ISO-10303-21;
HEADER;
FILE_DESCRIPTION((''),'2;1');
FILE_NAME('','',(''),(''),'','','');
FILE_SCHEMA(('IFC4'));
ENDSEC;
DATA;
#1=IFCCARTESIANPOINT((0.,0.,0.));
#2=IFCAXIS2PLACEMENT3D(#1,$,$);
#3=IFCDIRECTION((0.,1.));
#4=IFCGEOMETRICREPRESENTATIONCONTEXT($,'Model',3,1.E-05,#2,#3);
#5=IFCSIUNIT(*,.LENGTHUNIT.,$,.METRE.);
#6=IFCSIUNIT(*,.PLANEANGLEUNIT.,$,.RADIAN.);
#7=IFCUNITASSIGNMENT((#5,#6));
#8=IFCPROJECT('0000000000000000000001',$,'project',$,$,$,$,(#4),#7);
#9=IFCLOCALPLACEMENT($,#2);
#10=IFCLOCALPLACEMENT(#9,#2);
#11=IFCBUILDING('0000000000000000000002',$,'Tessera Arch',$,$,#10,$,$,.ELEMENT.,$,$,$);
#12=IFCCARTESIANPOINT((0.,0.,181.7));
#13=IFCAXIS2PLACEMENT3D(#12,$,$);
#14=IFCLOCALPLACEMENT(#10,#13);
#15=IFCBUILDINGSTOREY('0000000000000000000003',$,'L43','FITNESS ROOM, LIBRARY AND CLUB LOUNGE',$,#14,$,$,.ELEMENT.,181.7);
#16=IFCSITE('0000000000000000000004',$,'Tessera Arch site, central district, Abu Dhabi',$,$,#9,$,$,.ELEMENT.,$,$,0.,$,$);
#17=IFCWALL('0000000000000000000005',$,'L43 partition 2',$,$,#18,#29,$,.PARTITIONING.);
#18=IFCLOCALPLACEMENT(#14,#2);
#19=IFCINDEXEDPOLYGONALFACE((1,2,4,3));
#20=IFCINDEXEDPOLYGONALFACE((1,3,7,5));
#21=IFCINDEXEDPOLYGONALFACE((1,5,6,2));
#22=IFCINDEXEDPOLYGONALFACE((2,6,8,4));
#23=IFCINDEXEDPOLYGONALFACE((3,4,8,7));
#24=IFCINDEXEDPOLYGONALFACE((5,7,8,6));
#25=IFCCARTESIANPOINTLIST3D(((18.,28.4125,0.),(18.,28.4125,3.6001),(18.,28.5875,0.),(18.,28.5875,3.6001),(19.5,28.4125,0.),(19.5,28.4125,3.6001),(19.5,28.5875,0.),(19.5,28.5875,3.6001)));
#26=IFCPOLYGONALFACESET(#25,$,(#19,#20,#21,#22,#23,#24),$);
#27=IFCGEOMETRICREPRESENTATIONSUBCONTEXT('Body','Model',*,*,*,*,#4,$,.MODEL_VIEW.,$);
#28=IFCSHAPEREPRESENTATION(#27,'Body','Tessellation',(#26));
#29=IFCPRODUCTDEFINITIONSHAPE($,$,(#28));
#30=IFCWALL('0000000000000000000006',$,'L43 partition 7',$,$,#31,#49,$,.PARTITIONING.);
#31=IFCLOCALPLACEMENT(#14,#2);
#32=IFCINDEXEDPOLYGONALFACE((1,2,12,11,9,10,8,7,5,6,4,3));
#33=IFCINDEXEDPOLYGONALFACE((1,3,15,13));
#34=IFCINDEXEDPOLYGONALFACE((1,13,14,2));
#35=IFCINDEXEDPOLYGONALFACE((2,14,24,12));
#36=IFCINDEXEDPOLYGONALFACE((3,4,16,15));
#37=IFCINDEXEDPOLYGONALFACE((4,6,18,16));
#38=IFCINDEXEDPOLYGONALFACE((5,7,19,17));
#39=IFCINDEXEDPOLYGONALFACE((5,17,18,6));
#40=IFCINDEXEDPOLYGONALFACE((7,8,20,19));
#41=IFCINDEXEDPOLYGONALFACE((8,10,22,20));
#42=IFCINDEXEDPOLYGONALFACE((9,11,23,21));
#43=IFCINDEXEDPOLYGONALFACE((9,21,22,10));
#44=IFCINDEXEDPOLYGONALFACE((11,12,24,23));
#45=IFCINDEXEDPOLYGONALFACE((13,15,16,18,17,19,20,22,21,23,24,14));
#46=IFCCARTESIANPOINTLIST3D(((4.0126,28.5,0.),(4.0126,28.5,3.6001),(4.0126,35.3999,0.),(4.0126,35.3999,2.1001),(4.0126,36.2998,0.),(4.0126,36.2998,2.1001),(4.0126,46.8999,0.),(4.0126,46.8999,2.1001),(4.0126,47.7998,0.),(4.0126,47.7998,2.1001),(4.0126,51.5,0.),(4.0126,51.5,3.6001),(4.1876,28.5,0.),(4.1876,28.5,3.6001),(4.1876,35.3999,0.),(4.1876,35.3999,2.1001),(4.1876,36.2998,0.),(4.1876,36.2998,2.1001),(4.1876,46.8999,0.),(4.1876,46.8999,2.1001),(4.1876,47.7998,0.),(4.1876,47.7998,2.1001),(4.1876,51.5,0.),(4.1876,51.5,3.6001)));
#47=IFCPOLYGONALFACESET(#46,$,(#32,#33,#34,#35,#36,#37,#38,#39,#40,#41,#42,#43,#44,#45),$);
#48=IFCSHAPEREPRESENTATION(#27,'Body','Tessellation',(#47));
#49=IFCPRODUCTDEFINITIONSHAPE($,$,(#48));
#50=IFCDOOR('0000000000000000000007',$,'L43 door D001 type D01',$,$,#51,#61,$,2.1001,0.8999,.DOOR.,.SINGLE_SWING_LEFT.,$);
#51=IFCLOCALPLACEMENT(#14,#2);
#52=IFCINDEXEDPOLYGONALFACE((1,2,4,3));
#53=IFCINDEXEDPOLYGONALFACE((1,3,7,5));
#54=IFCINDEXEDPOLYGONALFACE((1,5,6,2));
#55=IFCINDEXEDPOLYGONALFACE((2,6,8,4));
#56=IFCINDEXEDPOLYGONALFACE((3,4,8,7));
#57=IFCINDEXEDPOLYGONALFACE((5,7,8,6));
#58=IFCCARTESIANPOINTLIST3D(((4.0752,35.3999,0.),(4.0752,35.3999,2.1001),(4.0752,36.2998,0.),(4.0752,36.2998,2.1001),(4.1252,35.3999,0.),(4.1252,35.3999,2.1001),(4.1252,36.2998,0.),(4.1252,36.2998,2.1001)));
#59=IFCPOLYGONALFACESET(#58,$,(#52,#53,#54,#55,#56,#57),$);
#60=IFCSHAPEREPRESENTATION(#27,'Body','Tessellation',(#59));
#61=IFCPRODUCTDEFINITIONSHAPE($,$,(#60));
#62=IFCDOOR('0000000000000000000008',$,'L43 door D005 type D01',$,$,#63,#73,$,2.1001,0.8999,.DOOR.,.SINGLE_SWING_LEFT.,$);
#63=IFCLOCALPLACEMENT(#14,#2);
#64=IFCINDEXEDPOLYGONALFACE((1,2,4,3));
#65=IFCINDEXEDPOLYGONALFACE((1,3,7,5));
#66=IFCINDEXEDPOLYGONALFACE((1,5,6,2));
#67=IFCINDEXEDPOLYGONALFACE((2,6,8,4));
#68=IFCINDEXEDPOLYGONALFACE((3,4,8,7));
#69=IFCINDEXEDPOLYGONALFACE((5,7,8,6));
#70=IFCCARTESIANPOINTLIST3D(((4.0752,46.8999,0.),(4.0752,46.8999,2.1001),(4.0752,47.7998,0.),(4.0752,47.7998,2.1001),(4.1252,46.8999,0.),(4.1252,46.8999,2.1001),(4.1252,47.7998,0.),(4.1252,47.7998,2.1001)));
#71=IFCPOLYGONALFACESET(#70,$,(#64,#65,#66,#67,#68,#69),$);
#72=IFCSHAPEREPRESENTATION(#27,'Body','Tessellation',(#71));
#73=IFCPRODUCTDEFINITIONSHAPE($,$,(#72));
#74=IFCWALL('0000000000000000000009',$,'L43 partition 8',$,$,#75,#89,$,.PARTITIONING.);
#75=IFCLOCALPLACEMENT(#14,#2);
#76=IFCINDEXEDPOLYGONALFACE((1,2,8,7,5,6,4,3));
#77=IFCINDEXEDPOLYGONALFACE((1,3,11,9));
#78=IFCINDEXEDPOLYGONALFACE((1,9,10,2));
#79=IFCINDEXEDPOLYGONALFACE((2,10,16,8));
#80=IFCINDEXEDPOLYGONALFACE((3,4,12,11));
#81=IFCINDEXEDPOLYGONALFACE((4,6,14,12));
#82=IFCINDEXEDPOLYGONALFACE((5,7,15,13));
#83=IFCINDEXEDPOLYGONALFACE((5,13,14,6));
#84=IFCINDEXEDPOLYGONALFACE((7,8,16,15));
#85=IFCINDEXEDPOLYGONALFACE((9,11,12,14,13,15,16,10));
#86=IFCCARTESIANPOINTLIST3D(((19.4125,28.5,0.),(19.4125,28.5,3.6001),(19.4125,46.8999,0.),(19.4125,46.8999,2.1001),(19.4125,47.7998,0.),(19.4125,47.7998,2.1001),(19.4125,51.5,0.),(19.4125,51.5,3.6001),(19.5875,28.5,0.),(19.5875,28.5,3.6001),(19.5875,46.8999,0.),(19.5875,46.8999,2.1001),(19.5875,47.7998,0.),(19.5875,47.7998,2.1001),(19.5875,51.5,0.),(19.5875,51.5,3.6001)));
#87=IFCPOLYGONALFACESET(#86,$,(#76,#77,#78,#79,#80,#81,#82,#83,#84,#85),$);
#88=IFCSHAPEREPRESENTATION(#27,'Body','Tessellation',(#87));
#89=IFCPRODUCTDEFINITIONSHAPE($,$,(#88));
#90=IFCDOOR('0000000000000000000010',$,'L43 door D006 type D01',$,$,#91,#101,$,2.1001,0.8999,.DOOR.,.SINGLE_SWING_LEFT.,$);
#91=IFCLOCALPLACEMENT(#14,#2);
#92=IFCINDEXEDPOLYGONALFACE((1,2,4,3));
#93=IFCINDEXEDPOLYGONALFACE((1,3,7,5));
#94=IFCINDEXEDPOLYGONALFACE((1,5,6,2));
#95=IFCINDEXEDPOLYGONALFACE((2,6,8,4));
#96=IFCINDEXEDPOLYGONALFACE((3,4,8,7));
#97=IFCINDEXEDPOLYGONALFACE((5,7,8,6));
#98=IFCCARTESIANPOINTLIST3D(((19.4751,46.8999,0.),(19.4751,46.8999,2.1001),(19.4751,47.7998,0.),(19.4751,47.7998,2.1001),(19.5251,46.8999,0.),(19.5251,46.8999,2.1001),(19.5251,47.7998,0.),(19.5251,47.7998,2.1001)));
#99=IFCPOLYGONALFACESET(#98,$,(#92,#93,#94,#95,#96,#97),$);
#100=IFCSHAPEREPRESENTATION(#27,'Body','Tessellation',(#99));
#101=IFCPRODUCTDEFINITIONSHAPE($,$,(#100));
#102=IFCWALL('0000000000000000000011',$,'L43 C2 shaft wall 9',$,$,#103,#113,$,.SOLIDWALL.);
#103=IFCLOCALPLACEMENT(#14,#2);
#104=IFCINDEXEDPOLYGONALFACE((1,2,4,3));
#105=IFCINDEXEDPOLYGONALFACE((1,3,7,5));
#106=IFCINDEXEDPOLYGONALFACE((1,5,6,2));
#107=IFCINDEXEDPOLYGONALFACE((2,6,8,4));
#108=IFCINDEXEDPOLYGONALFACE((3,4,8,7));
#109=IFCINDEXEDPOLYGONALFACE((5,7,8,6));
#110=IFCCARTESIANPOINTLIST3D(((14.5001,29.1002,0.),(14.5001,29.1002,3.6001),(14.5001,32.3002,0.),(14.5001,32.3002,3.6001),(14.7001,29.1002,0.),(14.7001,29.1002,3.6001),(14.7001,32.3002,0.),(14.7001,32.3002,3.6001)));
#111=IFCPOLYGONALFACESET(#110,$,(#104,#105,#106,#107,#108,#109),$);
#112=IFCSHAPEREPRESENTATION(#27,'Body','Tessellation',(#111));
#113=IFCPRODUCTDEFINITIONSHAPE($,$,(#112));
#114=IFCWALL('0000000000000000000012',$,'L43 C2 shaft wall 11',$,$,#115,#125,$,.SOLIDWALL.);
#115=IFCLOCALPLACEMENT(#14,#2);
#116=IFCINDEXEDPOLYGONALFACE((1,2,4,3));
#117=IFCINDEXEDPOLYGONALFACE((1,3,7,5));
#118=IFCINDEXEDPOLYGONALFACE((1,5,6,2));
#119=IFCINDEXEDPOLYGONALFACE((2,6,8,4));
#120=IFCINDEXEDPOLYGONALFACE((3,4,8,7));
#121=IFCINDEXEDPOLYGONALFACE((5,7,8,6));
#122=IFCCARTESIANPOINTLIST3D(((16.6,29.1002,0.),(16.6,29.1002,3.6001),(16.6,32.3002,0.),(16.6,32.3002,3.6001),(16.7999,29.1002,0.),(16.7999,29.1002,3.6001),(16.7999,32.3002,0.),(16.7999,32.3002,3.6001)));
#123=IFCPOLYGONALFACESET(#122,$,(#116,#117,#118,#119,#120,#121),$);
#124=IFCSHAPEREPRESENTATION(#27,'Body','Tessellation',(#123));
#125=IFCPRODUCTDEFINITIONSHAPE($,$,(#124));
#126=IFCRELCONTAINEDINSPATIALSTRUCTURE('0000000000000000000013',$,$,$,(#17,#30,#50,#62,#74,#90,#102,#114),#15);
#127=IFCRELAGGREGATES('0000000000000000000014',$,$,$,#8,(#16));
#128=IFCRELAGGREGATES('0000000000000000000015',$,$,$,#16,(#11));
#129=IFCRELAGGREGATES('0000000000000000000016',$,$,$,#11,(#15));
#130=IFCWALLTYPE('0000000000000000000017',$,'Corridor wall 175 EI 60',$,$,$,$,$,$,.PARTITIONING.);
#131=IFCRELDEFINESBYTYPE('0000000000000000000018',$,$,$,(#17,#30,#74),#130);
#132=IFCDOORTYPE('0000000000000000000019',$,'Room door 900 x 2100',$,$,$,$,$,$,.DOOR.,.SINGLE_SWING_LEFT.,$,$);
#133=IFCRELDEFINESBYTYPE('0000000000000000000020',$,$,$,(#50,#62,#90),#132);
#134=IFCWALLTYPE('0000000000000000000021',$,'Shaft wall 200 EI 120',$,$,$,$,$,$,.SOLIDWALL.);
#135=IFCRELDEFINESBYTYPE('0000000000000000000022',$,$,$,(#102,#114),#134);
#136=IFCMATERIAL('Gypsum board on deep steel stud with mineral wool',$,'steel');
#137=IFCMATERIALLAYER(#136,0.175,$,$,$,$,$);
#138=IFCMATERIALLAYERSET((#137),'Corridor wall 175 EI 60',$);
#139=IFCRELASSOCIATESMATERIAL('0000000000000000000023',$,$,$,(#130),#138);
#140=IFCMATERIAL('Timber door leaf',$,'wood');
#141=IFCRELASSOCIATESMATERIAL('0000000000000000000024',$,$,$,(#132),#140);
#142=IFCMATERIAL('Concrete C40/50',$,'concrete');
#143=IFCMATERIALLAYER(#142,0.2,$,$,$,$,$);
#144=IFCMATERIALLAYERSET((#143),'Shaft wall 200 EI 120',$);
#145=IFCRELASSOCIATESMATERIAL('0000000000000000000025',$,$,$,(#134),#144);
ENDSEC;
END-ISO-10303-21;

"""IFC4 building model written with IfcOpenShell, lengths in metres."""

from ifc_helpers import new_model, si_unit, direction, frame, frame_2d, origin, place, context, subcontext, project, spatial, rectangle, extrude, material, layer, layer_set, type_object, element, fill, save


model = new_model("IFC4")

# Units and contexts
model_context = context("Model", 3, precision=1e-05, world=origin(), true_north=direction((0.0, 1.0)))
body_context = subcontext(model_context, "Body", "Model", "MODEL_VIEW")
ifc_project = project(units=[si_unit("LENGTHUNIT", "METRE"), si_unit("PLANEANGLEUNIT", "RADIAN")], contexts=[model_context])

# Site, building, storey
site_placement = place(None, origin())
site = spatial("IfcSite", under=ifc_project, at=site_placement, Name="Tessera Arch site, central district, Abu Dhabi", CompositionType="ELEMENT", RefElevation=0.0)
building_placement = place(site_placement, origin())
building = spatial("IfcBuilding", under=site, at=building_placement, Name="Tessera Arch", CompositionType="ELEMENT")
storey_placement = place(building_placement, frame((0.0, 0.0, 181.7)))
storey = spatial("IfcBuildingStorey", under=building, at=storey_placement, Name="L43", Description="FITNESS ROOM, LIBRARY AND CLUB LOUNGE", CompositionType="ELEMENT", Elevation=181.7)

# Wall
ifc_material_1 = material(Name="Gypsum board on deep steel stud with mineral wool", Category="steel")
ifc_layer_1 = layer(ifc_material_1, 0.175)
ifc_layer_set_1 = layer_set([ifc_layer_1], Name="Corridor wall 175 EI 60")
wall_type_1 = type_object("IfcWallType", Name="Corridor wall 175 EI 60", PredefinedType="PARTITIONING", material=ifc_layer_set_1)
for number, where, z_axis, x_axis, name in (
    (1, (18.0, 28.5, 0.0), (0.0, 0.0, 1.0), (1.0, 0.0, 0.0), "L43 partition 2"),
):
    element("IfcWall", number, at=place(storey_placement, frame(where, z_axis=z_axis, x_axis=x_axis)), inside=storey, type_object=wall_type_1, Name=name, PredefinedType="PARTITIONING", context=body_context, shape_type="SweptSolid", body=[
        extrude(rectangle(XDim=1.5, YDim=0.175, at=frame_2d((0.75, 0.0))), origin(), (0.0, 0.0, 1.0), 3.6001),
    ])

# Wall, openings, doors
wall_1_placement = place(storey_placement, frame((4.1001, 28.5, 0.0), z_axis=(0.0, 0.0, 1.0), x_axis=(0.0, 1.0, 0.0)))
wall_1 = element("IfcWall", 2, at=wall_1_placement, inside=storey, type_object=wall_type_1, Name="L43 partition 7", PredefinedType="PARTITIONING", context=body_context, shape_type="SweptSolid", body=[
    extrude(rectangle(XDim=23.0, YDim=0.175, at=frame_2d((11.5, 0.0))), origin(), (0.0, 0.0, 1.0), 3.6001),
])
opening_1_placement = place(wall_1_placement, frame((6.8999, 0.0, 0.0)))
opening_1 = element("IfcOpeningElement", 3, at=opening_1_placement, cuts=wall_1, PredefinedType="OPENING", context=body_context, shape_type="SweptSolid", body=[
    extrude(rectangle(XDim=0.8999, YDim=2.1001, at=frame_2d((0.45, 1.05))), frame((0.0, 0.0974, 0.0), z_axis=(0.0, -1.0, 0.0), x_axis=(1.0, 0.0, 0.0)), (0.0, 0.0, 1.0), 0.1951),
])
opening_2_placement = place(wall_1_placement, frame((18.3999, 0.0, 0.0)))
opening_2 = element("IfcOpeningElement", 4, at=opening_2_placement, cuts=wall_1, PredefinedType="OPENING", context=body_context, shape_type="SweptSolid", body=[
    extrude(rectangle(XDim=0.8999, YDim=2.1001, at=frame_2d((0.45, 1.05))), frame((0.0, 0.0974, 0.0), z_axis=(0.0, -1.0, 0.0), x_axis=(1.0, 0.0, 0.0)), (0.0, 0.0, 1.0), 0.1951),
])
ifc_material_2 = material(Name="Timber door leaf", Category="wood")
door_type_1 = type_object("IfcDoorType", Name="Room door 900 x 2100", OperationType="SINGLE_SWING_LEFT", PredefinedType="DOOR", material=ifc_material_2)
door_1_placement = place(opening_1_placement, origin())
door_1 = element("IfcDoor", 5, at=door_1_placement, inside=storey, type_object=door_type_1, Name="L43 door D001 type D01", OperationType="SINGLE_SWING_LEFT", OverallHeight=2.1001, OverallWidth=0.8999, PredefinedType="DOOR", context=body_context, shape_type="SweptSolid", body=[
    extrude(rectangle(XDim=0.8999, YDim=2.1001, at=frame_2d((0.45, 1.05))), frame((0.0, 0.0249, 0.0), z_axis=(0.0, -1.0, 0.0), x_axis=(1.0, 0.0, 0.0)), (0.0, 0.0, 1.0), 0.05),
])
fill(opening_1, door_1)
door_2_placement = place(opening_2_placement, origin())
door_2 = element("IfcDoor", 6, at=door_2_placement, inside=storey, type_object=door_type_1, Name="L43 door D005 type D01", OperationType="SINGLE_SWING_LEFT", OverallHeight=2.1001, OverallWidth=0.8999, PredefinedType="DOOR", context=body_context, shape_type="SweptSolid", body=[
    extrude(rectangle(XDim=0.8999, YDim=2.1001, at=frame_2d((0.45, 1.05))), frame((0.0, 0.0249, 0.0), z_axis=(0.0, -1.0, 0.0), x_axis=(1.0, 0.0, 0.0)), (0.0, 0.0, 1.0), 0.05),
])
fill(opening_2, door_2)

# Wall, opening, door
wall_2_placement = place(storey_placement, frame((19.5, 28.5, 0.0), z_axis=(0.0, 0.0, 1.0), x_axis=(0.0, 1.0, 0.0)))
wall_2 = element("IfcWall", 7, at=wall_2_placement, inside=storey, type_object=wall_type_1, Name="L43 partition 8", PredefinedType="PARTITIONING", context=body_context, shape_type="SweptSolid", body=[
    extrude(rectangle(XDim=23.0, YDim=0.175, at=frame_2d((11.5, 0.0))), origin(), (0.0, 0.0, 1.0), 3.6001),
])
opening_3_placement = place(wall_2_placement, frame((18.3999, 0.0, 0.0)))
opening_3 = element("IfcOpeningElement", 8, at=opening_3_placement, cuts=wall_2, PredefinedType="OPENING", context=body_context, shape_type="SweptSolid", body=[
    extrude(rectangle(XDim=0.8999, YDim=2.1001, at=frame_2d((0.45, 1.05))), frame((0.0, 0.0974, 0.0), z_axis=(0.0, -1.0, 0.0), x_axis=(1.0, 0.0, 0.0)), (0.0, 0.0, 1.0), 0.1951),
])
door_3_placement = place(opening_3_placement, origin())
door_3 = element("IfcDoor", 9, at=door_3_placement, inside=storey, type_object=door_type_1, Name="L43 door D006 type D01", OperationType="SINGLE_SWING_LEFT", OverallHeight=2.1001, OverallWidth=0.8999, PredefinedType="DOOR", context=body_context, shape_type="SweptSolid", body=[
    extrude(rectangle(XDim=0.8999, YDim=2.1001, at=frame_2d((0.45, 1.05))), frame((0.0, 0.0249, 0.0), z_axis=(0.0, -1.0, 0.0), x_axis=(1.0, 0.0, 0.0)), (0.0, 0.0, 1.0), 0.05),
])
fill(opening_3, door_3)

# Walls
ifc_material_3 = material(Name="Concrete C40/50", Category="concrete")
ifc_layer_2 = layer(ifc_material_3, 0.2)
ifc_layer_set_2 = layer_set([ifc_layer_2], Name="Shaft wall 200 EI 120")
wall_type_2 = type_object("IfcWallType", Name="Shaft wall 200 EI 120", PredefinedType="SOLIDWALL", material=ifc_layer_set_2)
for number, where, z_axis, x_axis, name in (
    (10, (14.6001, 29.1001, 0.0), (0.0, 0.0, 1.0), (0.0, 1.0, 0.0), "L43 C2 shaft wall 9"),
    (11, (16.7, 29.1001, 0.0), (0.0, 0.0, 1.0), (0.0, 1.0, 0.0), "L43 C2 shaft wall 11"),
):
    element("IfcWall", number, at=place(storey_placement, frame(where, z_axis=z_axis, x_axis=x_axis)), inside=storey, type_object=wall_type_2, Name=name, PredefinedType="SOLIDWALL", context=body_context, shape_type="SweptSolid", body=[
        extrude(rectangle(XDim=3.2, YDim=0.2, at=frame_2d((1.6001, 0.0))), origin(), (0.0, 0.0, 1.0), 3.6001),
    ])

save(model, "model.ifc")
